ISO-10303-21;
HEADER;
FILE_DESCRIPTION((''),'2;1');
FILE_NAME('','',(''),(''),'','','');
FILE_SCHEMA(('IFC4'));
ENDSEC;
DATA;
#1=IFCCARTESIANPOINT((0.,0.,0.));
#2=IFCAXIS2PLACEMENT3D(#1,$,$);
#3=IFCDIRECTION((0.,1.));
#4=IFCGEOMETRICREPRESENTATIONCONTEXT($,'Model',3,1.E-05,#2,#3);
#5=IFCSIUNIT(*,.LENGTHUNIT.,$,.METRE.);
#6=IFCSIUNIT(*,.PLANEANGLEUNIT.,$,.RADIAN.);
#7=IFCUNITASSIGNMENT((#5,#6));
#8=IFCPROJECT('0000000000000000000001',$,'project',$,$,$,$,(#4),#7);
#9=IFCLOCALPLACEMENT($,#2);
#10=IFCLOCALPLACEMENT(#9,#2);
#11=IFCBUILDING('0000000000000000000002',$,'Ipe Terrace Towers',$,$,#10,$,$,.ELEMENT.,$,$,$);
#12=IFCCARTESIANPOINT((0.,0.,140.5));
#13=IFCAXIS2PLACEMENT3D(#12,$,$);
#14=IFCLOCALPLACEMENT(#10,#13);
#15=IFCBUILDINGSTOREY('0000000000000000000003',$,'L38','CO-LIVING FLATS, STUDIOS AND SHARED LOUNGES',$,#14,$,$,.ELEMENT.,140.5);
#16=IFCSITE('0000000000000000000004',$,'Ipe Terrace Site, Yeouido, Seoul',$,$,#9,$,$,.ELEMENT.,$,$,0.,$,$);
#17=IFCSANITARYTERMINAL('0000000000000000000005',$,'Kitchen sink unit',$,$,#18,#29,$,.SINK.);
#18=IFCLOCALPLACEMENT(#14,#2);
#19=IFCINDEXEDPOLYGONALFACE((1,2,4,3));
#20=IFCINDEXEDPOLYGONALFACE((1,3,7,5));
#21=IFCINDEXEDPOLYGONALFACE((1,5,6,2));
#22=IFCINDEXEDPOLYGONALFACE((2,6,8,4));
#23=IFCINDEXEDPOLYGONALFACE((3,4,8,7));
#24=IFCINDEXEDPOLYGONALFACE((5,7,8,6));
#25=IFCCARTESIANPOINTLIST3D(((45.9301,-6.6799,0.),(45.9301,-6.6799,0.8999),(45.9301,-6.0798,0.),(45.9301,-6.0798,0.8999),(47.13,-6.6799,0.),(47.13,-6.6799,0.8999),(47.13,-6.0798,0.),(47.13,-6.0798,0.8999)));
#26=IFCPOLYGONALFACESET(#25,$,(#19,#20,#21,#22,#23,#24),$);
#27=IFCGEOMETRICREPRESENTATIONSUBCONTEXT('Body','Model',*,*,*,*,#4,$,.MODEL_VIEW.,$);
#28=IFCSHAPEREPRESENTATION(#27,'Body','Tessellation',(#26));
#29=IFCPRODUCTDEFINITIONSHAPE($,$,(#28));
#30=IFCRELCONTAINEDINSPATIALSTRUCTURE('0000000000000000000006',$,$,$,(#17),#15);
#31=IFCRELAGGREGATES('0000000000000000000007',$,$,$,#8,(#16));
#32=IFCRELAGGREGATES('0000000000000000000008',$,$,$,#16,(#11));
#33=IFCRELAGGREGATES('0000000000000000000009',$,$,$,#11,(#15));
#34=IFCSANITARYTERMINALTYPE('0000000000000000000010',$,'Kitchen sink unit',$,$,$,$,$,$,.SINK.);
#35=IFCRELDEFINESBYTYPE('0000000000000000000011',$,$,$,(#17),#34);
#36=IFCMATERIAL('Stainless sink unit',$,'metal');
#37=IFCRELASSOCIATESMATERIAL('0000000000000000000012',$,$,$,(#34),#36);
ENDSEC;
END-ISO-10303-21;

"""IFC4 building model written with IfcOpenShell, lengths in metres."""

from ifc_helpers import new_model, si_unit, direction, frame, origin, origin_2d, place, context, subcontext, project, spatial, rectangle, extrude, material, type_object, element, save


model = new_model("IFC4")

# Units and contexts
model_context = context("Model", 3, precision=1e-05, world=origin(), true_north=direction((0.0, 1.0)))
body_context = subcontext(model_context, "Body", "Model", "MODEL_VIEW")
ifc_project = project(units=[si_unit("LENGTHUNIT", "METRE"), si_unit("PLANEANGLEUNIT", "RADIAN")], contexts=[model_context])

# Site, building, storey
site_placement = place(None, origin())
site = spatial("IfcSite", under=ifc_project, at=site_placement, Name="Ipe Terrace Site, Yeouido, Seoul", CompositionType="ELEMENT", RefElevation=0.0)
building_placement = place(site_placement, origin())
building = spatial("IfcBuilding", under=site, at=building_placement, Name="Ipe Terrace Towers", CompositionType="ELEMENT")
storey_placement = place(building_placement, frame((0.0, 0.0, 140.5)))
storey = spatial("IfcBuildingStorey", under=building, at=storey_placement, Name="L38", Description="CO-LIVING FLATS, STUDIOS AND SHARED LOUNGES", CompositionType="ELEMENT", Elevation=140.5)

# Sanitary terminal
ifc_material_1 = material(Name="Stainless sink unit", Category="metal")
sanitary_terminal_type = type_object("IfcSanitaryTerminalType", Name="Kitchen sink unit", PredefinedType="SINK", material=ifc_material_1)
sanitary_terminal_placement = place(storey_placement, frame((46.53, -6.3799, 0.0), z_axis=(0.0, 0.0, 1.0), x_axis=(-1.0, 0.0, 0.0)))
element("IfcSanitaryTerminal", 1, at=sanitary_terminal_placement, inside=storey, type_object=sanitary_terminal_type, Name="Kitchen sink unit", PredefinedType="SINK", context=body_context, shape_type="SweptSolid", body=[
    extrude(rectangle(XDim=1.2, YDim=0.6001, at=origin_2d()), origin(), (0.0, 0.0, 1.0), 0.8999),
])

save(model, "model.ifc")
